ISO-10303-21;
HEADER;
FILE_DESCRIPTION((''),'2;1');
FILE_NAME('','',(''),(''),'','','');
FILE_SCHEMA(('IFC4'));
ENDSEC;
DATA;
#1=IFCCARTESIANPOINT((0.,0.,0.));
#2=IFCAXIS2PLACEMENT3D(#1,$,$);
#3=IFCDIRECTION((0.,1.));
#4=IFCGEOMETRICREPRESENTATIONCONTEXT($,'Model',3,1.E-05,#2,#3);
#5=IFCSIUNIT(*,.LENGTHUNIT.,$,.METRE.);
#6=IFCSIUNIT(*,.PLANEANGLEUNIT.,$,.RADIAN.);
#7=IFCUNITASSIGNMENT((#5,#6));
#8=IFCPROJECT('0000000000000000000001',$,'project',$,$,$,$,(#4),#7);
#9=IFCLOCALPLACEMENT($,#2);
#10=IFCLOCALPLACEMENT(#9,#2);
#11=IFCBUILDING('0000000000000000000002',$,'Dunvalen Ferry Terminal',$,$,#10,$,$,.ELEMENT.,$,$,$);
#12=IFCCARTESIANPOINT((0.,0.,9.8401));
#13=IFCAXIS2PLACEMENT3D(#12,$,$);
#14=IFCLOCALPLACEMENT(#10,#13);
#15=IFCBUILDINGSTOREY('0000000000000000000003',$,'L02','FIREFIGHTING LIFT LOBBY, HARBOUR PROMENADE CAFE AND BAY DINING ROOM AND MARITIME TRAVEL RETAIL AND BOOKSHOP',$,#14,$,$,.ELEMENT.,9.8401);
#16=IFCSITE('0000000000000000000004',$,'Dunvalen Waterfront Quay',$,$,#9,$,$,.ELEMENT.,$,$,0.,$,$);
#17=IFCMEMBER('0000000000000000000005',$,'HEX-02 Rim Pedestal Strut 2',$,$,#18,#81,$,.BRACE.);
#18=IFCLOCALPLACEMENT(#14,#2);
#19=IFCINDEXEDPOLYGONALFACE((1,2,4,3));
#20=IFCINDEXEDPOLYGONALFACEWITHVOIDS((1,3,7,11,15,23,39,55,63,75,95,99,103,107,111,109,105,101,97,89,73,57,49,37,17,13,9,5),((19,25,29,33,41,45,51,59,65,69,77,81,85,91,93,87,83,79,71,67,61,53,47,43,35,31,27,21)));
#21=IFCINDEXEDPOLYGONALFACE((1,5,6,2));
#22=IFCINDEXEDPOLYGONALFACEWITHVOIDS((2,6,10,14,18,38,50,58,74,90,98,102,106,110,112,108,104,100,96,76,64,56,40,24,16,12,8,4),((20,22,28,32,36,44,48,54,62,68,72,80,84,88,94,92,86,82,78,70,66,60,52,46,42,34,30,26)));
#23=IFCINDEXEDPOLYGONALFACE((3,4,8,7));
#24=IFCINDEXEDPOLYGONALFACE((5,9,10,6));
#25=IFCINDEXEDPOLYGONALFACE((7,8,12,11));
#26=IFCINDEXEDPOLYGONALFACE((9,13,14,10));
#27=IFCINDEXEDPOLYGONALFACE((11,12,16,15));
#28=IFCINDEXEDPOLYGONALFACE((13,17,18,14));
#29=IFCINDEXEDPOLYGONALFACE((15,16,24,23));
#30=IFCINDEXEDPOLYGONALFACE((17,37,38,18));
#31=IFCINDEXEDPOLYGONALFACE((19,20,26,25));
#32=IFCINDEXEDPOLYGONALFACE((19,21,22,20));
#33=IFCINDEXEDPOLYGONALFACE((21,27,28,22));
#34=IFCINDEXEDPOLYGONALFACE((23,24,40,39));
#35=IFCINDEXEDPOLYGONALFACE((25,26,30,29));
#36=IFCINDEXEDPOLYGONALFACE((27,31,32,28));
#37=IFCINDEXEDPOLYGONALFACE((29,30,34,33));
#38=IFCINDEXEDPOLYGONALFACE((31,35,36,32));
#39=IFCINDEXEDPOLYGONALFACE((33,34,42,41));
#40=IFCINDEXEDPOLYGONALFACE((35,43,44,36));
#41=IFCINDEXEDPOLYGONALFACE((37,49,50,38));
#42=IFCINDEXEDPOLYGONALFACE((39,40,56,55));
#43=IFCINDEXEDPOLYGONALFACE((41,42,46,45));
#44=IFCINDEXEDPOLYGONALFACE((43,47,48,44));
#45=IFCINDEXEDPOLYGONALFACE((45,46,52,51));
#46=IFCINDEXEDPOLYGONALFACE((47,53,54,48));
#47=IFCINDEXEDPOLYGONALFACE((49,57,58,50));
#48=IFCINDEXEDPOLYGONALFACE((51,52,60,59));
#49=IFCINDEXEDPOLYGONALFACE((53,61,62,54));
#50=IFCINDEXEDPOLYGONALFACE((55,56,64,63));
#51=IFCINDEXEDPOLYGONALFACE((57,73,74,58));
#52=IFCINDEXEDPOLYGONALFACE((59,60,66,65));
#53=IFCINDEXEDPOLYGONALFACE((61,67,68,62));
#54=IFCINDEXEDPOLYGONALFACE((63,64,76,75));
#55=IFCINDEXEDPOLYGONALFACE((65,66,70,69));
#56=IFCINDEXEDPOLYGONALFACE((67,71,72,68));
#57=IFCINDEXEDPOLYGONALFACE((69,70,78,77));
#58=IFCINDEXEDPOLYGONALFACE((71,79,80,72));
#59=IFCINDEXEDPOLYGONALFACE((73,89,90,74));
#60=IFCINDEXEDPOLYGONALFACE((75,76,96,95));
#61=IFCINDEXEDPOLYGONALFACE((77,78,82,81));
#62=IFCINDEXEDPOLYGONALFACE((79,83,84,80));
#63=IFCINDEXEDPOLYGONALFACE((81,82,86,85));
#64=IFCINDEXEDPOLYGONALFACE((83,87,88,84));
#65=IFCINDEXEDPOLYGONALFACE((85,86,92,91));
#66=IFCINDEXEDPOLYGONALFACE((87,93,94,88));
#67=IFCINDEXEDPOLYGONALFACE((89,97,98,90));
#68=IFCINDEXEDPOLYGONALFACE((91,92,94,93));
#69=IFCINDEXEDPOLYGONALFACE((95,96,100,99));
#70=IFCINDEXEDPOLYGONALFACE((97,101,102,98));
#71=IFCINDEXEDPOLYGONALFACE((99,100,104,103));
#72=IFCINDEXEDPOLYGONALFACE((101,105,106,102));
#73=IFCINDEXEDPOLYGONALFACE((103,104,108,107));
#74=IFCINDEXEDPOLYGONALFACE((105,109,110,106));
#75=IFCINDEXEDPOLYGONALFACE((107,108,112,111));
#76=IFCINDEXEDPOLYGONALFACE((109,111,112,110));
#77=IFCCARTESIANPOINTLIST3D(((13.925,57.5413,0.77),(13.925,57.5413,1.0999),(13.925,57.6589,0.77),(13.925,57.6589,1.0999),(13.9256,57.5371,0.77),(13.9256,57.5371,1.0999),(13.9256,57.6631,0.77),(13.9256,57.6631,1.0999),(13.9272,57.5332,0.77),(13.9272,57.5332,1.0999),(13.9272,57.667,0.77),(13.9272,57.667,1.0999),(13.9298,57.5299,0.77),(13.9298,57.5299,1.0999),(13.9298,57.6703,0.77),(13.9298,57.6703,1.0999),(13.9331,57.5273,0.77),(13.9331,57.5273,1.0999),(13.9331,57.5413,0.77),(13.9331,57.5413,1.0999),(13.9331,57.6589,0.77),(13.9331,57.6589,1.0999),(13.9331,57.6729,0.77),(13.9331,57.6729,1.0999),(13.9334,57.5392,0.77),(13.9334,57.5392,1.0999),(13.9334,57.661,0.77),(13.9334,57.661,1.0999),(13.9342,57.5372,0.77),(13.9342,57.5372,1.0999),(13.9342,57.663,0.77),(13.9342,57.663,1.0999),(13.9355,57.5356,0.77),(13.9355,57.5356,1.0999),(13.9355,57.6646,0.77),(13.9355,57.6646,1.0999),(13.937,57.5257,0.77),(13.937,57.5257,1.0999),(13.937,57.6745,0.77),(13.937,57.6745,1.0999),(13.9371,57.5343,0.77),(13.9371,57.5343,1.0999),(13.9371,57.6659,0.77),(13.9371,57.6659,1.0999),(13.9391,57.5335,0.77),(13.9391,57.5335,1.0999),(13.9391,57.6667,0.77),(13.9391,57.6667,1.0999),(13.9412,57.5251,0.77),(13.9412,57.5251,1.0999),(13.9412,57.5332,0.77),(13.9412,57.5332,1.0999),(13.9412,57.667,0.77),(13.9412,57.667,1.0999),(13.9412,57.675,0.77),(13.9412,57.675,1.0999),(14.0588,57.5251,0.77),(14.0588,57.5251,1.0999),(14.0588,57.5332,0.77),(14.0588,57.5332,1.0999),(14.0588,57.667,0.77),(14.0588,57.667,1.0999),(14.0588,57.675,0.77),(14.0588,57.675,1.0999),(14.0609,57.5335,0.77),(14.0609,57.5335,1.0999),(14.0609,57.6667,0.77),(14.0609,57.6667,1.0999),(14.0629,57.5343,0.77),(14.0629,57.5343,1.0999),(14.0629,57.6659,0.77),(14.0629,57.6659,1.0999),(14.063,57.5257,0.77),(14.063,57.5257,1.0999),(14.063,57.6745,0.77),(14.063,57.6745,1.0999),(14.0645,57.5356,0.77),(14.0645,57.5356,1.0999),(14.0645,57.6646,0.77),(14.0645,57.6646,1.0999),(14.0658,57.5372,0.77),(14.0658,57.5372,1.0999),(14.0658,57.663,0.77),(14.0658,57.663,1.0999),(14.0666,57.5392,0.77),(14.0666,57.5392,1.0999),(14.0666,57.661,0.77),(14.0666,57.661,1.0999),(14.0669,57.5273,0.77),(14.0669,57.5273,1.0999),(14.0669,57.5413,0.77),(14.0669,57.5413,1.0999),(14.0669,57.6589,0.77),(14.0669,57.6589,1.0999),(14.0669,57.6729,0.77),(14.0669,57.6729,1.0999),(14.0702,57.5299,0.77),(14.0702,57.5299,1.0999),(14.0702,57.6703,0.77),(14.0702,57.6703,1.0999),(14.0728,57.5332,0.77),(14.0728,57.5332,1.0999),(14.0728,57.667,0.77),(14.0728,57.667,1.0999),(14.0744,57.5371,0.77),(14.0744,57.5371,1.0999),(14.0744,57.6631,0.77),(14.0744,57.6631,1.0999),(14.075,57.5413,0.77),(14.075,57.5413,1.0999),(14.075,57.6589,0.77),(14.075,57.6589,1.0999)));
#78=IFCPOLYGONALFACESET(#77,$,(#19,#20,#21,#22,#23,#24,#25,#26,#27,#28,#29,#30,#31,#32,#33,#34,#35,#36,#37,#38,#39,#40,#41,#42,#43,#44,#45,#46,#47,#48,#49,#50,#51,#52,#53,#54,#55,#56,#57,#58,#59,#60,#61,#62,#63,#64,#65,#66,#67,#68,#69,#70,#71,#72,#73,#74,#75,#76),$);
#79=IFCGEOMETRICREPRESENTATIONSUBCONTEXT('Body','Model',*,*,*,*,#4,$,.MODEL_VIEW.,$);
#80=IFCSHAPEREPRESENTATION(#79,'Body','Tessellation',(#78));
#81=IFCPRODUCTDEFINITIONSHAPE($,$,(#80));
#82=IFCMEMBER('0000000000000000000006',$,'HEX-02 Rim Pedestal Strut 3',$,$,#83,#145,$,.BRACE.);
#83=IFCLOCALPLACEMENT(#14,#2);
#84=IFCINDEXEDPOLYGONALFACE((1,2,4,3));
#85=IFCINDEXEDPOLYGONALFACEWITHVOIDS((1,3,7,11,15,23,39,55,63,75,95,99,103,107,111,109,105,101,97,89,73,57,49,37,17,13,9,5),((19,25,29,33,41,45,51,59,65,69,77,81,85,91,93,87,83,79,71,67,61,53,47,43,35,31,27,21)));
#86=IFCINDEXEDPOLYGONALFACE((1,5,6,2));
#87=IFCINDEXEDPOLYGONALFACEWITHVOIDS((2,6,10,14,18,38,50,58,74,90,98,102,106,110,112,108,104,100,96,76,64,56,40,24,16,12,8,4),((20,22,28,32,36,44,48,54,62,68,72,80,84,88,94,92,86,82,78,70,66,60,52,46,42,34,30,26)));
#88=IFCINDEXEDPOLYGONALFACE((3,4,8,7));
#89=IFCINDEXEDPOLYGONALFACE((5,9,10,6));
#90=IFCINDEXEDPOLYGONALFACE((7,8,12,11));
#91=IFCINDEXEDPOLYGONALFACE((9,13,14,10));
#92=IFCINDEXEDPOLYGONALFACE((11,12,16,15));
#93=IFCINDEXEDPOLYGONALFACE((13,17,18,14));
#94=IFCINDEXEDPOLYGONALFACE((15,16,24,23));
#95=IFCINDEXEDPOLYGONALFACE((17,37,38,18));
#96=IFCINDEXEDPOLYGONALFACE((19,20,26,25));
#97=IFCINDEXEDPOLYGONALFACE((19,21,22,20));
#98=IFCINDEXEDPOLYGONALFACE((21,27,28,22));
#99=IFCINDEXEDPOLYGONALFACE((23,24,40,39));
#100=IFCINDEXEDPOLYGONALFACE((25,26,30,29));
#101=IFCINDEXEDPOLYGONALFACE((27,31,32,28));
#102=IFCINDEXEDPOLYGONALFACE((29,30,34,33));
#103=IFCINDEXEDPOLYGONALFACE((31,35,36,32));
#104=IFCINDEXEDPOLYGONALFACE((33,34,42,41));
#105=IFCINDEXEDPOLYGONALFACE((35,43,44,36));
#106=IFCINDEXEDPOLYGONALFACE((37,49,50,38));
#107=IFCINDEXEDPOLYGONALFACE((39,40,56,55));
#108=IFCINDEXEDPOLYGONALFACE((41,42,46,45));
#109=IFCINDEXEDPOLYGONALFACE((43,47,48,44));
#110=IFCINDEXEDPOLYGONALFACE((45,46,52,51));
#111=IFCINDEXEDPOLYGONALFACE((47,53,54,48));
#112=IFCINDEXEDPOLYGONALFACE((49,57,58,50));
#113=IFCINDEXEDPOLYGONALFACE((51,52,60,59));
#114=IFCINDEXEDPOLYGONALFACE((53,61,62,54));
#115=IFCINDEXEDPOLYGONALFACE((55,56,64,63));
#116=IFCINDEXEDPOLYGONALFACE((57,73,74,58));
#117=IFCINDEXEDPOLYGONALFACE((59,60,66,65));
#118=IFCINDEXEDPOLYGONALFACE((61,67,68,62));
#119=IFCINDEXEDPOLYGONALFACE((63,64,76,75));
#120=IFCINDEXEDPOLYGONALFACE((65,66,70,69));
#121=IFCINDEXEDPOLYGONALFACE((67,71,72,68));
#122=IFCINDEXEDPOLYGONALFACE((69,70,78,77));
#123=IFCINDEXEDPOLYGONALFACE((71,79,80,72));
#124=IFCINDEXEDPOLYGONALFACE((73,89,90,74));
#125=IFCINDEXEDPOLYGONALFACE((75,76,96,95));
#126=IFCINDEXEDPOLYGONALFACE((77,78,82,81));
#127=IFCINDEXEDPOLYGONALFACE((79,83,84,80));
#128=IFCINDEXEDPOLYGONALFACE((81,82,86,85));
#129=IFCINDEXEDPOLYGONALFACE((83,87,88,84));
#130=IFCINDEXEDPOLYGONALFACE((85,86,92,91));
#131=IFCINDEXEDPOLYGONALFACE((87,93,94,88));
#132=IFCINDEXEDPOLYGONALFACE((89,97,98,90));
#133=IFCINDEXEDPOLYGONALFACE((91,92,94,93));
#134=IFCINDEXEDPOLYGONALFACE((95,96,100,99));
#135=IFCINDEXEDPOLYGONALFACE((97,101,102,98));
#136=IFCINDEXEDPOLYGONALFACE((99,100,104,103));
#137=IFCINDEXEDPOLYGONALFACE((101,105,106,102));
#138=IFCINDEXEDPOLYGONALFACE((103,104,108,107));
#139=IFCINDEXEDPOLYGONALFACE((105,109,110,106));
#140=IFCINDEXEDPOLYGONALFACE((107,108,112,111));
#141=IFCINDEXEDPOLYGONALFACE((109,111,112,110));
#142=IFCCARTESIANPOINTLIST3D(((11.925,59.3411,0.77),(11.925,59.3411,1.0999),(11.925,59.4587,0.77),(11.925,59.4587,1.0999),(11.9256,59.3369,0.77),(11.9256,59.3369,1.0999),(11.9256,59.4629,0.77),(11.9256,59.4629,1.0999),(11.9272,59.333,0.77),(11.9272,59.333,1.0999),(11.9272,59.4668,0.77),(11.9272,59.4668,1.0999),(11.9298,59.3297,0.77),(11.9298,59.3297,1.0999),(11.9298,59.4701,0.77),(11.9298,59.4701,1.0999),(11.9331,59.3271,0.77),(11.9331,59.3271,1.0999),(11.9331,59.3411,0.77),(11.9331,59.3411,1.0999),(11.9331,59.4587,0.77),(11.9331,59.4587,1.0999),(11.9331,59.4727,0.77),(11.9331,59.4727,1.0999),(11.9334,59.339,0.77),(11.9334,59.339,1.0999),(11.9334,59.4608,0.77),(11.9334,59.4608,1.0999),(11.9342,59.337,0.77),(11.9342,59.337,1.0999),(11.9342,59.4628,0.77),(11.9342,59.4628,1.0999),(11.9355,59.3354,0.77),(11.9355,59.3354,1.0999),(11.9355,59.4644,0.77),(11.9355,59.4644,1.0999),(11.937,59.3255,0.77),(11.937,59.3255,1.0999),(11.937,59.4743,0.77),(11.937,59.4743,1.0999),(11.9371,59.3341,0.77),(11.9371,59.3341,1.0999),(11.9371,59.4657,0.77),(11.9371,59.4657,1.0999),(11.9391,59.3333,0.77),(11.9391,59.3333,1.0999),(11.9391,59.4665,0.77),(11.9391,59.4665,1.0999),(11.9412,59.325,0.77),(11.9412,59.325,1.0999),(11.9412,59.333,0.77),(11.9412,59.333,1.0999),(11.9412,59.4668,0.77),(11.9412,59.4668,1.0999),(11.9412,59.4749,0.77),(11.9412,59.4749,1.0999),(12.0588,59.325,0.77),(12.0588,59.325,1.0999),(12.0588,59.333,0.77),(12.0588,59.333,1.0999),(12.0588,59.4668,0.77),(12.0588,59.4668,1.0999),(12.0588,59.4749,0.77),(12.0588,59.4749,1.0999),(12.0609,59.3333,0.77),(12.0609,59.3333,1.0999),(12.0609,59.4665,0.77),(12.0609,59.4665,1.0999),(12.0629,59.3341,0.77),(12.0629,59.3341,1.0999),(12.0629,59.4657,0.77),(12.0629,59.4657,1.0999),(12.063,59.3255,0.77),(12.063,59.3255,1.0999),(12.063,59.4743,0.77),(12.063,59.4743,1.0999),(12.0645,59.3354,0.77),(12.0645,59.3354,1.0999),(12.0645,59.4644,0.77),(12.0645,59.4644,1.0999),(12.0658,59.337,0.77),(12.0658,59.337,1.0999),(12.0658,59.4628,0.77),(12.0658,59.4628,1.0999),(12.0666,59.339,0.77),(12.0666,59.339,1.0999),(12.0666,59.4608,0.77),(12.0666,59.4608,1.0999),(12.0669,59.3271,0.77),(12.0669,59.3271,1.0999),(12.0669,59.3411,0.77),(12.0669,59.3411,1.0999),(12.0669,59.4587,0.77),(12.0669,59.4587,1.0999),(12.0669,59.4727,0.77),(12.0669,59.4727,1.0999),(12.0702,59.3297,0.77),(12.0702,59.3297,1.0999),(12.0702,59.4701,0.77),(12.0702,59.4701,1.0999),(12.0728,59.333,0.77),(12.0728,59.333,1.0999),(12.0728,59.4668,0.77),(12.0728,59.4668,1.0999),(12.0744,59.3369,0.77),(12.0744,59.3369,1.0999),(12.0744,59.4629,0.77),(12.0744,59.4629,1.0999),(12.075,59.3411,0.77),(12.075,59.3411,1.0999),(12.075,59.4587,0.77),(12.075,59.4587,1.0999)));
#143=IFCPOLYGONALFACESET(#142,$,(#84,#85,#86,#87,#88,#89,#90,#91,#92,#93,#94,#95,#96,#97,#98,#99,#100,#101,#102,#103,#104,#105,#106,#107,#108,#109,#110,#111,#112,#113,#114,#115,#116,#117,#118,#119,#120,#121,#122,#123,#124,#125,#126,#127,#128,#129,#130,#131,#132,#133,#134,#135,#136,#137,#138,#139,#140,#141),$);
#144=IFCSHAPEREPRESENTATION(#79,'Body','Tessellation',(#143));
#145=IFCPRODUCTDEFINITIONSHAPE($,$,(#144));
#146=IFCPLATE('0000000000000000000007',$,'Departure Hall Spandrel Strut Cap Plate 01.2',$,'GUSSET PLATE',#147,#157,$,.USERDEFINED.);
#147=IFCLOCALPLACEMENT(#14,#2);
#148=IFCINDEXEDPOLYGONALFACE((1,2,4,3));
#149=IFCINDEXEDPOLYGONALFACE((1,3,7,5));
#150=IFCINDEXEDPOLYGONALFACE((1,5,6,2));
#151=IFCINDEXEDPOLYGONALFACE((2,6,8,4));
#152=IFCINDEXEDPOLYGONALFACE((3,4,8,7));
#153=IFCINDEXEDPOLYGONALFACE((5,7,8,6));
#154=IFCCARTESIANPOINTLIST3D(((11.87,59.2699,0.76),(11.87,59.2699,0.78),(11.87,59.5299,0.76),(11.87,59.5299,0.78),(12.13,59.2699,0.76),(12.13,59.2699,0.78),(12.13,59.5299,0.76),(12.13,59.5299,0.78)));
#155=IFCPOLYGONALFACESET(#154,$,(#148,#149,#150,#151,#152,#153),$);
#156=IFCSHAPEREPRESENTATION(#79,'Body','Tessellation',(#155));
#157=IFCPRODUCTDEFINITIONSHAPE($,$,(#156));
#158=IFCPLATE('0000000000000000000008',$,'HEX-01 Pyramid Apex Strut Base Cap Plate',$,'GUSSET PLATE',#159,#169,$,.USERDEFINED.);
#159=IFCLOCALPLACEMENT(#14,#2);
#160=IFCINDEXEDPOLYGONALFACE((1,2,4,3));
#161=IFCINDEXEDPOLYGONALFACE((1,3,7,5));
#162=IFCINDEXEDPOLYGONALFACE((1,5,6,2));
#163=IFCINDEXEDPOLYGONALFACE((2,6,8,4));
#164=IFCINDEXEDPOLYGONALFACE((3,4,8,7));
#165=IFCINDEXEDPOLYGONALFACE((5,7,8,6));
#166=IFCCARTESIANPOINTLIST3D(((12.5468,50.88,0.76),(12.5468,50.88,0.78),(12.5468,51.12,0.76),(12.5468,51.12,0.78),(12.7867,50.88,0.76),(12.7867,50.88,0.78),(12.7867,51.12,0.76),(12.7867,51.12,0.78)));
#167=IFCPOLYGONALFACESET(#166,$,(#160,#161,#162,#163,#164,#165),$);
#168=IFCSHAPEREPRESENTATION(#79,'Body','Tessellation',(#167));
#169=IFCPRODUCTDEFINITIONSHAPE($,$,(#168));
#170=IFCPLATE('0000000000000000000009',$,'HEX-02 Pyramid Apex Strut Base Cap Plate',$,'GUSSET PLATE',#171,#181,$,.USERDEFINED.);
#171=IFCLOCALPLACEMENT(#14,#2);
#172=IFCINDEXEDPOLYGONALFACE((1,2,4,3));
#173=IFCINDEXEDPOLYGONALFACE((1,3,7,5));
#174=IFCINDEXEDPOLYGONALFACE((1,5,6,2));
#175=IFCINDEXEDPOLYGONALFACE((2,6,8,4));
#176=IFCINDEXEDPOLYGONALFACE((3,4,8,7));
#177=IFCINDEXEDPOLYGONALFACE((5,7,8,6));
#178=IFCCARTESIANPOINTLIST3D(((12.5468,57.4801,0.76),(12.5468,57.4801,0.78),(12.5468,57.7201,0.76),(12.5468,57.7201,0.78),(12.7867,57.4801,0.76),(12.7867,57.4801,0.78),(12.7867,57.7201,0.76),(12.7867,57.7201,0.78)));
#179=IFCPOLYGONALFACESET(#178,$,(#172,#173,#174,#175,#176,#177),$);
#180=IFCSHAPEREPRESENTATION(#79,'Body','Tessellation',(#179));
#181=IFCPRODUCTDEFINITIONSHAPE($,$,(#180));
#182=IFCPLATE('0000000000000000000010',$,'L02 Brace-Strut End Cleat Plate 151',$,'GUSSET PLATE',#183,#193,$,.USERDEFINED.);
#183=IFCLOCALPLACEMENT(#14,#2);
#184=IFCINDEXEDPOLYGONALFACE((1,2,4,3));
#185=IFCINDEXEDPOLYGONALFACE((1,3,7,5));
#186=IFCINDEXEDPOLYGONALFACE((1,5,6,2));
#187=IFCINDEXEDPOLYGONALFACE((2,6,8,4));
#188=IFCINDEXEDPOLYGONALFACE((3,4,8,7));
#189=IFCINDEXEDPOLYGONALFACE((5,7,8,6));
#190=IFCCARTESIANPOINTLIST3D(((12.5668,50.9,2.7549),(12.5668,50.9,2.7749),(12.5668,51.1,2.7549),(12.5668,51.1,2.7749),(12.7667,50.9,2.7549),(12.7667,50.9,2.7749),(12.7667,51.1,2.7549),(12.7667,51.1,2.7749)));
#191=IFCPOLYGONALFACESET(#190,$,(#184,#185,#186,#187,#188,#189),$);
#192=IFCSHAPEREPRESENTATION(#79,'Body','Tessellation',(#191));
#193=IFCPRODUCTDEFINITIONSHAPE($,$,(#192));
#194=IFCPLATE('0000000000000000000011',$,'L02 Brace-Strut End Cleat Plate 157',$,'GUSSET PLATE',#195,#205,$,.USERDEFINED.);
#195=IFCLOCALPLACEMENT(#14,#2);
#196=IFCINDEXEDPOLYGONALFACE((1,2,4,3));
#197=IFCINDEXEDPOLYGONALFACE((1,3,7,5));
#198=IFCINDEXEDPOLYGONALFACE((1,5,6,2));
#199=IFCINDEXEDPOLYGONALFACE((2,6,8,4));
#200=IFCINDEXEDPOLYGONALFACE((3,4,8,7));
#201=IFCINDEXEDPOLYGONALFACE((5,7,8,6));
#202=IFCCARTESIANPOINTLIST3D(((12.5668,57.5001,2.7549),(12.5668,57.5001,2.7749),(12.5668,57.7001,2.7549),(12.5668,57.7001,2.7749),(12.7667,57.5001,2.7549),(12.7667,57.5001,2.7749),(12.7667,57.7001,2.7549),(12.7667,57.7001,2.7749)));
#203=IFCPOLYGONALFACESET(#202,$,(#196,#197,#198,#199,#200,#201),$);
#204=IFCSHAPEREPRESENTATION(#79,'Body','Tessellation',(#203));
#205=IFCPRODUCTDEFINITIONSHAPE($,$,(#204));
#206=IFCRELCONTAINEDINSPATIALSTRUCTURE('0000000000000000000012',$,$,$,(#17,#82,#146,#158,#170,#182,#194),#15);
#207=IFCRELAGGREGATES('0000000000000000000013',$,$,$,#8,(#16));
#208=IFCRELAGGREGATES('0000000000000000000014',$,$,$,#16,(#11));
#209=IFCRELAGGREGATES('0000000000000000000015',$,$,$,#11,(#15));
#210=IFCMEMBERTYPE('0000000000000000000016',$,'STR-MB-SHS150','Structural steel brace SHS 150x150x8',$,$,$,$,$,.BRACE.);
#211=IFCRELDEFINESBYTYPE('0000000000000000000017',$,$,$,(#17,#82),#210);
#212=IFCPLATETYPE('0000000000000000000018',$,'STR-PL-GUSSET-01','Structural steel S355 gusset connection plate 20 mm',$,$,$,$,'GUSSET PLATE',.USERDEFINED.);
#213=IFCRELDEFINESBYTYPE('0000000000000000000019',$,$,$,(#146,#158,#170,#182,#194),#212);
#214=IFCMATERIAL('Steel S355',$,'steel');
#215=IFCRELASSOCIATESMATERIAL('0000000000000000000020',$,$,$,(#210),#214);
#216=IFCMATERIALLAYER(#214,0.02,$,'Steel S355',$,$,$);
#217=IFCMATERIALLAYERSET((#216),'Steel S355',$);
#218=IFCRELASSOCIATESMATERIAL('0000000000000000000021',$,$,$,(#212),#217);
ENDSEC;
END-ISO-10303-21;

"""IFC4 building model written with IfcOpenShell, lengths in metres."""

from ifc_helpers import new_model, si_unit, direction, frame, origin, origin_2d, place, context, subcontext, project, spatial, rectangle, hollow_rectangle, extrude, material, layer, layer_set, material_profile, profile_set, type_object, element, save


model = new_model("IFC4")

# Units and contexts
model_context = context("Model", 3, precision=1e-05, world=origin(), true_north=direction((0.0, 1.0)))
body_context = subcontext(model_context, "Body", "Model", "MODEL_VIEW")
ifc_project = project(units=[si_unit("LENGTHUNIT", "METRE"), si_unit("PLANEANGLEUNIT", "RADIAN")], contexts=[model_context])

# Site, building, storey
site_placement = place(None, origin())
site = spatial("IfcSite", under=ifc_project, at=site_placement, Name="Dunvalen Waterfront Quay", CompositionType="ELEMENT", RefElevation=0.0)
building_placement = place(site_placement, origin())
building = spatial("IfcBuilding", under=site, at=building_placement, Name="Dunvalen Ferry Terminal", CompositionType="ELEMENT")
storey_placement = place(building_placement, frame((0.0, 0.0, 9.8401)))
storey = spatial("IfcBuildingStorey", under=building, at=storey_placement, Name="L02", Description="FIREFIGHTING LIFT LOBBY, HARBOUR PROMENADE CAFE AND BAY DINING ROOM AND MARITIME TRAVEL RETAIL AND BOOKSHOP", CompositionType="ELEMENT", Elevation=9.8401)

# Shared definitions
ifc_material_1 = material(Name="Steel S355", Category="steel")

# Members
ifc_material_profile_1 = material_profile(ifc_material_1, hollow_rectangle(XDim=0.1499, YDim=0.1499, WallThickness=0.0081, InnerFilletRadius=0.0081, OuterFilletRadius=0.0161, at=origin_2d()), Name="Steel S355")
ifc_profile_set_1 = profile_set([ifc_material_profile_1], Name="Steel S355")
member_type_1 = type_object("IfcMemberType", Name="STR-MB-SHS150", Description="Structural steel brace SHS 150x150x8", PredefinedType="BRACE", material=ifc_profile_set_1)
for number, where, z_axis, x_axis, name in (
    (1, (14.0, 57.6001, 0.77), (0.0, 0.0, 1.0), (1.0, 0.0, 0.0), "HEX-02 Rim Pedestal Strut 2"),
    (2, (12.0, 59.3999, 0.77), (0.0, 0.0, 1.0), (1.0, 0.0, 0.0), "HEX-02 Rim Pedestal Strut 3"),
):
    element("IfcMember", number, at=place(storey_placement, frame(where, z_axis=z_axis, x_axis=x_axis)), inside=storey, type_object=member_type_1, Name=name, PredefinedType="BRACE", context=body_context, shape_type="SweptSolid", body=[
        extrude(hollow_rectangle(XDim=0.1499, YDim=0.1499, WallThickness=0.0081, InnerFilletRadius=0.0081, OuterFilletRadius=0.0161, at=origin_2d()), origin(), (0.0, 0.0, 1.0), 0.3298),
    ])

# Plates
ifc_layer_1 = layer(ifc_material_1, 0.02, Name="Steel S355")
ifc_layer_set_1 = layer_set([ifc_layer_1], Name="Steel S355")
plate_type_1 = type_object("IfcPlateType", Name="STR-PL-GUSSET-01", Description="Structural steel S355 gusset connection plate 20 mm", ElementType="GUSSET PLATE", PredefinedType="USERDEFINED", material=ifc_layer_set_1)
plate_1_placement = place(storey_placement, frame((12.0, 59.3999, 0.76), z_axis=(0.0, 0.0, 1.0), x_axis=(1.0, 0.0, 0.0)))
element("IfcPlate", 3, at=plate_1_placement, inside=storey, type_object=plate_type_1, Name="Departure Hall Spandrel Strut Cap Plate 01.2", ObjectType="GUSSET PLATE", PredefinedType="USERDEFINED", context=body_context, shape_type="SweptSolid", body=[
    extrude(rectangle(XDim=0.26, YDim=0.26, at=origin_2d()), origin(), (0.0, 0.0, 1.0), 0.02),
])
for number, where, z_axis, x_axis, name in (
    (4, (12.6667, 51.0, 0.76), (0.0, 0.0, 1.0), (1.0, 0.0, 0.0), "HEX-01 Pyramid Apex Strut Base Cap Plate"),
    (5, (12.6667, 57.6001, 0.76), (0.0, 0.0, 1.0), (1.0, 0.0, 0.0), "HEX-02 Pyramid Apex Strut Base Cap Plate"),
):
    element("IfcPlate", number, at=place(storey_placement, frame(where, z_axis=z_axis, x_axis=x_axis)), inside=storey, type_object=plate_type_1, Name=name, ObjectType="GUSSET PLATE", PredefinedType="USERDEFINED", context=body_context, shape_type="SweptSolid", body=[
        extrude(rectangle(XDim=0.24, YDim=0.24, at=origin_2d()), origin(), (0.0, 0.0, 1.0), 0.02),
    ])
for number, where, z_axis, x_axis, name in (
    (6, (12.6667, 51.0, 2.7549), (0.0, 0.0, 1.0), (1.0, 0.0, 0.0), "L02 Brace-Strut End Cleat Plate 151"),
    (7, (12.6667, 57.6001, 2.7549), (0.0, 0.0, 1.0), (1.0, 0.0, 0.0), "L02 Brace-Strut End Cleat Plate 157"),
):
    element("IfcPlate", number, at=place(storey_placement, frame(where, z_axis=z_axis, x_axis=x_axis)), inside=storey, type_object=plate_type_1, Name=name, ObjectType="GUSSET PLATE", PredefinedType="USERDEFINED", context=body_context, shape_type="SweptSolid", body=[
        extrude(rectangle(XDim=0.2, YDim=0.2, at=origin_2d()), origin(), (0.0, 0.0, 1.0), 0.02),
    ])

save(model, "model.ifc")
